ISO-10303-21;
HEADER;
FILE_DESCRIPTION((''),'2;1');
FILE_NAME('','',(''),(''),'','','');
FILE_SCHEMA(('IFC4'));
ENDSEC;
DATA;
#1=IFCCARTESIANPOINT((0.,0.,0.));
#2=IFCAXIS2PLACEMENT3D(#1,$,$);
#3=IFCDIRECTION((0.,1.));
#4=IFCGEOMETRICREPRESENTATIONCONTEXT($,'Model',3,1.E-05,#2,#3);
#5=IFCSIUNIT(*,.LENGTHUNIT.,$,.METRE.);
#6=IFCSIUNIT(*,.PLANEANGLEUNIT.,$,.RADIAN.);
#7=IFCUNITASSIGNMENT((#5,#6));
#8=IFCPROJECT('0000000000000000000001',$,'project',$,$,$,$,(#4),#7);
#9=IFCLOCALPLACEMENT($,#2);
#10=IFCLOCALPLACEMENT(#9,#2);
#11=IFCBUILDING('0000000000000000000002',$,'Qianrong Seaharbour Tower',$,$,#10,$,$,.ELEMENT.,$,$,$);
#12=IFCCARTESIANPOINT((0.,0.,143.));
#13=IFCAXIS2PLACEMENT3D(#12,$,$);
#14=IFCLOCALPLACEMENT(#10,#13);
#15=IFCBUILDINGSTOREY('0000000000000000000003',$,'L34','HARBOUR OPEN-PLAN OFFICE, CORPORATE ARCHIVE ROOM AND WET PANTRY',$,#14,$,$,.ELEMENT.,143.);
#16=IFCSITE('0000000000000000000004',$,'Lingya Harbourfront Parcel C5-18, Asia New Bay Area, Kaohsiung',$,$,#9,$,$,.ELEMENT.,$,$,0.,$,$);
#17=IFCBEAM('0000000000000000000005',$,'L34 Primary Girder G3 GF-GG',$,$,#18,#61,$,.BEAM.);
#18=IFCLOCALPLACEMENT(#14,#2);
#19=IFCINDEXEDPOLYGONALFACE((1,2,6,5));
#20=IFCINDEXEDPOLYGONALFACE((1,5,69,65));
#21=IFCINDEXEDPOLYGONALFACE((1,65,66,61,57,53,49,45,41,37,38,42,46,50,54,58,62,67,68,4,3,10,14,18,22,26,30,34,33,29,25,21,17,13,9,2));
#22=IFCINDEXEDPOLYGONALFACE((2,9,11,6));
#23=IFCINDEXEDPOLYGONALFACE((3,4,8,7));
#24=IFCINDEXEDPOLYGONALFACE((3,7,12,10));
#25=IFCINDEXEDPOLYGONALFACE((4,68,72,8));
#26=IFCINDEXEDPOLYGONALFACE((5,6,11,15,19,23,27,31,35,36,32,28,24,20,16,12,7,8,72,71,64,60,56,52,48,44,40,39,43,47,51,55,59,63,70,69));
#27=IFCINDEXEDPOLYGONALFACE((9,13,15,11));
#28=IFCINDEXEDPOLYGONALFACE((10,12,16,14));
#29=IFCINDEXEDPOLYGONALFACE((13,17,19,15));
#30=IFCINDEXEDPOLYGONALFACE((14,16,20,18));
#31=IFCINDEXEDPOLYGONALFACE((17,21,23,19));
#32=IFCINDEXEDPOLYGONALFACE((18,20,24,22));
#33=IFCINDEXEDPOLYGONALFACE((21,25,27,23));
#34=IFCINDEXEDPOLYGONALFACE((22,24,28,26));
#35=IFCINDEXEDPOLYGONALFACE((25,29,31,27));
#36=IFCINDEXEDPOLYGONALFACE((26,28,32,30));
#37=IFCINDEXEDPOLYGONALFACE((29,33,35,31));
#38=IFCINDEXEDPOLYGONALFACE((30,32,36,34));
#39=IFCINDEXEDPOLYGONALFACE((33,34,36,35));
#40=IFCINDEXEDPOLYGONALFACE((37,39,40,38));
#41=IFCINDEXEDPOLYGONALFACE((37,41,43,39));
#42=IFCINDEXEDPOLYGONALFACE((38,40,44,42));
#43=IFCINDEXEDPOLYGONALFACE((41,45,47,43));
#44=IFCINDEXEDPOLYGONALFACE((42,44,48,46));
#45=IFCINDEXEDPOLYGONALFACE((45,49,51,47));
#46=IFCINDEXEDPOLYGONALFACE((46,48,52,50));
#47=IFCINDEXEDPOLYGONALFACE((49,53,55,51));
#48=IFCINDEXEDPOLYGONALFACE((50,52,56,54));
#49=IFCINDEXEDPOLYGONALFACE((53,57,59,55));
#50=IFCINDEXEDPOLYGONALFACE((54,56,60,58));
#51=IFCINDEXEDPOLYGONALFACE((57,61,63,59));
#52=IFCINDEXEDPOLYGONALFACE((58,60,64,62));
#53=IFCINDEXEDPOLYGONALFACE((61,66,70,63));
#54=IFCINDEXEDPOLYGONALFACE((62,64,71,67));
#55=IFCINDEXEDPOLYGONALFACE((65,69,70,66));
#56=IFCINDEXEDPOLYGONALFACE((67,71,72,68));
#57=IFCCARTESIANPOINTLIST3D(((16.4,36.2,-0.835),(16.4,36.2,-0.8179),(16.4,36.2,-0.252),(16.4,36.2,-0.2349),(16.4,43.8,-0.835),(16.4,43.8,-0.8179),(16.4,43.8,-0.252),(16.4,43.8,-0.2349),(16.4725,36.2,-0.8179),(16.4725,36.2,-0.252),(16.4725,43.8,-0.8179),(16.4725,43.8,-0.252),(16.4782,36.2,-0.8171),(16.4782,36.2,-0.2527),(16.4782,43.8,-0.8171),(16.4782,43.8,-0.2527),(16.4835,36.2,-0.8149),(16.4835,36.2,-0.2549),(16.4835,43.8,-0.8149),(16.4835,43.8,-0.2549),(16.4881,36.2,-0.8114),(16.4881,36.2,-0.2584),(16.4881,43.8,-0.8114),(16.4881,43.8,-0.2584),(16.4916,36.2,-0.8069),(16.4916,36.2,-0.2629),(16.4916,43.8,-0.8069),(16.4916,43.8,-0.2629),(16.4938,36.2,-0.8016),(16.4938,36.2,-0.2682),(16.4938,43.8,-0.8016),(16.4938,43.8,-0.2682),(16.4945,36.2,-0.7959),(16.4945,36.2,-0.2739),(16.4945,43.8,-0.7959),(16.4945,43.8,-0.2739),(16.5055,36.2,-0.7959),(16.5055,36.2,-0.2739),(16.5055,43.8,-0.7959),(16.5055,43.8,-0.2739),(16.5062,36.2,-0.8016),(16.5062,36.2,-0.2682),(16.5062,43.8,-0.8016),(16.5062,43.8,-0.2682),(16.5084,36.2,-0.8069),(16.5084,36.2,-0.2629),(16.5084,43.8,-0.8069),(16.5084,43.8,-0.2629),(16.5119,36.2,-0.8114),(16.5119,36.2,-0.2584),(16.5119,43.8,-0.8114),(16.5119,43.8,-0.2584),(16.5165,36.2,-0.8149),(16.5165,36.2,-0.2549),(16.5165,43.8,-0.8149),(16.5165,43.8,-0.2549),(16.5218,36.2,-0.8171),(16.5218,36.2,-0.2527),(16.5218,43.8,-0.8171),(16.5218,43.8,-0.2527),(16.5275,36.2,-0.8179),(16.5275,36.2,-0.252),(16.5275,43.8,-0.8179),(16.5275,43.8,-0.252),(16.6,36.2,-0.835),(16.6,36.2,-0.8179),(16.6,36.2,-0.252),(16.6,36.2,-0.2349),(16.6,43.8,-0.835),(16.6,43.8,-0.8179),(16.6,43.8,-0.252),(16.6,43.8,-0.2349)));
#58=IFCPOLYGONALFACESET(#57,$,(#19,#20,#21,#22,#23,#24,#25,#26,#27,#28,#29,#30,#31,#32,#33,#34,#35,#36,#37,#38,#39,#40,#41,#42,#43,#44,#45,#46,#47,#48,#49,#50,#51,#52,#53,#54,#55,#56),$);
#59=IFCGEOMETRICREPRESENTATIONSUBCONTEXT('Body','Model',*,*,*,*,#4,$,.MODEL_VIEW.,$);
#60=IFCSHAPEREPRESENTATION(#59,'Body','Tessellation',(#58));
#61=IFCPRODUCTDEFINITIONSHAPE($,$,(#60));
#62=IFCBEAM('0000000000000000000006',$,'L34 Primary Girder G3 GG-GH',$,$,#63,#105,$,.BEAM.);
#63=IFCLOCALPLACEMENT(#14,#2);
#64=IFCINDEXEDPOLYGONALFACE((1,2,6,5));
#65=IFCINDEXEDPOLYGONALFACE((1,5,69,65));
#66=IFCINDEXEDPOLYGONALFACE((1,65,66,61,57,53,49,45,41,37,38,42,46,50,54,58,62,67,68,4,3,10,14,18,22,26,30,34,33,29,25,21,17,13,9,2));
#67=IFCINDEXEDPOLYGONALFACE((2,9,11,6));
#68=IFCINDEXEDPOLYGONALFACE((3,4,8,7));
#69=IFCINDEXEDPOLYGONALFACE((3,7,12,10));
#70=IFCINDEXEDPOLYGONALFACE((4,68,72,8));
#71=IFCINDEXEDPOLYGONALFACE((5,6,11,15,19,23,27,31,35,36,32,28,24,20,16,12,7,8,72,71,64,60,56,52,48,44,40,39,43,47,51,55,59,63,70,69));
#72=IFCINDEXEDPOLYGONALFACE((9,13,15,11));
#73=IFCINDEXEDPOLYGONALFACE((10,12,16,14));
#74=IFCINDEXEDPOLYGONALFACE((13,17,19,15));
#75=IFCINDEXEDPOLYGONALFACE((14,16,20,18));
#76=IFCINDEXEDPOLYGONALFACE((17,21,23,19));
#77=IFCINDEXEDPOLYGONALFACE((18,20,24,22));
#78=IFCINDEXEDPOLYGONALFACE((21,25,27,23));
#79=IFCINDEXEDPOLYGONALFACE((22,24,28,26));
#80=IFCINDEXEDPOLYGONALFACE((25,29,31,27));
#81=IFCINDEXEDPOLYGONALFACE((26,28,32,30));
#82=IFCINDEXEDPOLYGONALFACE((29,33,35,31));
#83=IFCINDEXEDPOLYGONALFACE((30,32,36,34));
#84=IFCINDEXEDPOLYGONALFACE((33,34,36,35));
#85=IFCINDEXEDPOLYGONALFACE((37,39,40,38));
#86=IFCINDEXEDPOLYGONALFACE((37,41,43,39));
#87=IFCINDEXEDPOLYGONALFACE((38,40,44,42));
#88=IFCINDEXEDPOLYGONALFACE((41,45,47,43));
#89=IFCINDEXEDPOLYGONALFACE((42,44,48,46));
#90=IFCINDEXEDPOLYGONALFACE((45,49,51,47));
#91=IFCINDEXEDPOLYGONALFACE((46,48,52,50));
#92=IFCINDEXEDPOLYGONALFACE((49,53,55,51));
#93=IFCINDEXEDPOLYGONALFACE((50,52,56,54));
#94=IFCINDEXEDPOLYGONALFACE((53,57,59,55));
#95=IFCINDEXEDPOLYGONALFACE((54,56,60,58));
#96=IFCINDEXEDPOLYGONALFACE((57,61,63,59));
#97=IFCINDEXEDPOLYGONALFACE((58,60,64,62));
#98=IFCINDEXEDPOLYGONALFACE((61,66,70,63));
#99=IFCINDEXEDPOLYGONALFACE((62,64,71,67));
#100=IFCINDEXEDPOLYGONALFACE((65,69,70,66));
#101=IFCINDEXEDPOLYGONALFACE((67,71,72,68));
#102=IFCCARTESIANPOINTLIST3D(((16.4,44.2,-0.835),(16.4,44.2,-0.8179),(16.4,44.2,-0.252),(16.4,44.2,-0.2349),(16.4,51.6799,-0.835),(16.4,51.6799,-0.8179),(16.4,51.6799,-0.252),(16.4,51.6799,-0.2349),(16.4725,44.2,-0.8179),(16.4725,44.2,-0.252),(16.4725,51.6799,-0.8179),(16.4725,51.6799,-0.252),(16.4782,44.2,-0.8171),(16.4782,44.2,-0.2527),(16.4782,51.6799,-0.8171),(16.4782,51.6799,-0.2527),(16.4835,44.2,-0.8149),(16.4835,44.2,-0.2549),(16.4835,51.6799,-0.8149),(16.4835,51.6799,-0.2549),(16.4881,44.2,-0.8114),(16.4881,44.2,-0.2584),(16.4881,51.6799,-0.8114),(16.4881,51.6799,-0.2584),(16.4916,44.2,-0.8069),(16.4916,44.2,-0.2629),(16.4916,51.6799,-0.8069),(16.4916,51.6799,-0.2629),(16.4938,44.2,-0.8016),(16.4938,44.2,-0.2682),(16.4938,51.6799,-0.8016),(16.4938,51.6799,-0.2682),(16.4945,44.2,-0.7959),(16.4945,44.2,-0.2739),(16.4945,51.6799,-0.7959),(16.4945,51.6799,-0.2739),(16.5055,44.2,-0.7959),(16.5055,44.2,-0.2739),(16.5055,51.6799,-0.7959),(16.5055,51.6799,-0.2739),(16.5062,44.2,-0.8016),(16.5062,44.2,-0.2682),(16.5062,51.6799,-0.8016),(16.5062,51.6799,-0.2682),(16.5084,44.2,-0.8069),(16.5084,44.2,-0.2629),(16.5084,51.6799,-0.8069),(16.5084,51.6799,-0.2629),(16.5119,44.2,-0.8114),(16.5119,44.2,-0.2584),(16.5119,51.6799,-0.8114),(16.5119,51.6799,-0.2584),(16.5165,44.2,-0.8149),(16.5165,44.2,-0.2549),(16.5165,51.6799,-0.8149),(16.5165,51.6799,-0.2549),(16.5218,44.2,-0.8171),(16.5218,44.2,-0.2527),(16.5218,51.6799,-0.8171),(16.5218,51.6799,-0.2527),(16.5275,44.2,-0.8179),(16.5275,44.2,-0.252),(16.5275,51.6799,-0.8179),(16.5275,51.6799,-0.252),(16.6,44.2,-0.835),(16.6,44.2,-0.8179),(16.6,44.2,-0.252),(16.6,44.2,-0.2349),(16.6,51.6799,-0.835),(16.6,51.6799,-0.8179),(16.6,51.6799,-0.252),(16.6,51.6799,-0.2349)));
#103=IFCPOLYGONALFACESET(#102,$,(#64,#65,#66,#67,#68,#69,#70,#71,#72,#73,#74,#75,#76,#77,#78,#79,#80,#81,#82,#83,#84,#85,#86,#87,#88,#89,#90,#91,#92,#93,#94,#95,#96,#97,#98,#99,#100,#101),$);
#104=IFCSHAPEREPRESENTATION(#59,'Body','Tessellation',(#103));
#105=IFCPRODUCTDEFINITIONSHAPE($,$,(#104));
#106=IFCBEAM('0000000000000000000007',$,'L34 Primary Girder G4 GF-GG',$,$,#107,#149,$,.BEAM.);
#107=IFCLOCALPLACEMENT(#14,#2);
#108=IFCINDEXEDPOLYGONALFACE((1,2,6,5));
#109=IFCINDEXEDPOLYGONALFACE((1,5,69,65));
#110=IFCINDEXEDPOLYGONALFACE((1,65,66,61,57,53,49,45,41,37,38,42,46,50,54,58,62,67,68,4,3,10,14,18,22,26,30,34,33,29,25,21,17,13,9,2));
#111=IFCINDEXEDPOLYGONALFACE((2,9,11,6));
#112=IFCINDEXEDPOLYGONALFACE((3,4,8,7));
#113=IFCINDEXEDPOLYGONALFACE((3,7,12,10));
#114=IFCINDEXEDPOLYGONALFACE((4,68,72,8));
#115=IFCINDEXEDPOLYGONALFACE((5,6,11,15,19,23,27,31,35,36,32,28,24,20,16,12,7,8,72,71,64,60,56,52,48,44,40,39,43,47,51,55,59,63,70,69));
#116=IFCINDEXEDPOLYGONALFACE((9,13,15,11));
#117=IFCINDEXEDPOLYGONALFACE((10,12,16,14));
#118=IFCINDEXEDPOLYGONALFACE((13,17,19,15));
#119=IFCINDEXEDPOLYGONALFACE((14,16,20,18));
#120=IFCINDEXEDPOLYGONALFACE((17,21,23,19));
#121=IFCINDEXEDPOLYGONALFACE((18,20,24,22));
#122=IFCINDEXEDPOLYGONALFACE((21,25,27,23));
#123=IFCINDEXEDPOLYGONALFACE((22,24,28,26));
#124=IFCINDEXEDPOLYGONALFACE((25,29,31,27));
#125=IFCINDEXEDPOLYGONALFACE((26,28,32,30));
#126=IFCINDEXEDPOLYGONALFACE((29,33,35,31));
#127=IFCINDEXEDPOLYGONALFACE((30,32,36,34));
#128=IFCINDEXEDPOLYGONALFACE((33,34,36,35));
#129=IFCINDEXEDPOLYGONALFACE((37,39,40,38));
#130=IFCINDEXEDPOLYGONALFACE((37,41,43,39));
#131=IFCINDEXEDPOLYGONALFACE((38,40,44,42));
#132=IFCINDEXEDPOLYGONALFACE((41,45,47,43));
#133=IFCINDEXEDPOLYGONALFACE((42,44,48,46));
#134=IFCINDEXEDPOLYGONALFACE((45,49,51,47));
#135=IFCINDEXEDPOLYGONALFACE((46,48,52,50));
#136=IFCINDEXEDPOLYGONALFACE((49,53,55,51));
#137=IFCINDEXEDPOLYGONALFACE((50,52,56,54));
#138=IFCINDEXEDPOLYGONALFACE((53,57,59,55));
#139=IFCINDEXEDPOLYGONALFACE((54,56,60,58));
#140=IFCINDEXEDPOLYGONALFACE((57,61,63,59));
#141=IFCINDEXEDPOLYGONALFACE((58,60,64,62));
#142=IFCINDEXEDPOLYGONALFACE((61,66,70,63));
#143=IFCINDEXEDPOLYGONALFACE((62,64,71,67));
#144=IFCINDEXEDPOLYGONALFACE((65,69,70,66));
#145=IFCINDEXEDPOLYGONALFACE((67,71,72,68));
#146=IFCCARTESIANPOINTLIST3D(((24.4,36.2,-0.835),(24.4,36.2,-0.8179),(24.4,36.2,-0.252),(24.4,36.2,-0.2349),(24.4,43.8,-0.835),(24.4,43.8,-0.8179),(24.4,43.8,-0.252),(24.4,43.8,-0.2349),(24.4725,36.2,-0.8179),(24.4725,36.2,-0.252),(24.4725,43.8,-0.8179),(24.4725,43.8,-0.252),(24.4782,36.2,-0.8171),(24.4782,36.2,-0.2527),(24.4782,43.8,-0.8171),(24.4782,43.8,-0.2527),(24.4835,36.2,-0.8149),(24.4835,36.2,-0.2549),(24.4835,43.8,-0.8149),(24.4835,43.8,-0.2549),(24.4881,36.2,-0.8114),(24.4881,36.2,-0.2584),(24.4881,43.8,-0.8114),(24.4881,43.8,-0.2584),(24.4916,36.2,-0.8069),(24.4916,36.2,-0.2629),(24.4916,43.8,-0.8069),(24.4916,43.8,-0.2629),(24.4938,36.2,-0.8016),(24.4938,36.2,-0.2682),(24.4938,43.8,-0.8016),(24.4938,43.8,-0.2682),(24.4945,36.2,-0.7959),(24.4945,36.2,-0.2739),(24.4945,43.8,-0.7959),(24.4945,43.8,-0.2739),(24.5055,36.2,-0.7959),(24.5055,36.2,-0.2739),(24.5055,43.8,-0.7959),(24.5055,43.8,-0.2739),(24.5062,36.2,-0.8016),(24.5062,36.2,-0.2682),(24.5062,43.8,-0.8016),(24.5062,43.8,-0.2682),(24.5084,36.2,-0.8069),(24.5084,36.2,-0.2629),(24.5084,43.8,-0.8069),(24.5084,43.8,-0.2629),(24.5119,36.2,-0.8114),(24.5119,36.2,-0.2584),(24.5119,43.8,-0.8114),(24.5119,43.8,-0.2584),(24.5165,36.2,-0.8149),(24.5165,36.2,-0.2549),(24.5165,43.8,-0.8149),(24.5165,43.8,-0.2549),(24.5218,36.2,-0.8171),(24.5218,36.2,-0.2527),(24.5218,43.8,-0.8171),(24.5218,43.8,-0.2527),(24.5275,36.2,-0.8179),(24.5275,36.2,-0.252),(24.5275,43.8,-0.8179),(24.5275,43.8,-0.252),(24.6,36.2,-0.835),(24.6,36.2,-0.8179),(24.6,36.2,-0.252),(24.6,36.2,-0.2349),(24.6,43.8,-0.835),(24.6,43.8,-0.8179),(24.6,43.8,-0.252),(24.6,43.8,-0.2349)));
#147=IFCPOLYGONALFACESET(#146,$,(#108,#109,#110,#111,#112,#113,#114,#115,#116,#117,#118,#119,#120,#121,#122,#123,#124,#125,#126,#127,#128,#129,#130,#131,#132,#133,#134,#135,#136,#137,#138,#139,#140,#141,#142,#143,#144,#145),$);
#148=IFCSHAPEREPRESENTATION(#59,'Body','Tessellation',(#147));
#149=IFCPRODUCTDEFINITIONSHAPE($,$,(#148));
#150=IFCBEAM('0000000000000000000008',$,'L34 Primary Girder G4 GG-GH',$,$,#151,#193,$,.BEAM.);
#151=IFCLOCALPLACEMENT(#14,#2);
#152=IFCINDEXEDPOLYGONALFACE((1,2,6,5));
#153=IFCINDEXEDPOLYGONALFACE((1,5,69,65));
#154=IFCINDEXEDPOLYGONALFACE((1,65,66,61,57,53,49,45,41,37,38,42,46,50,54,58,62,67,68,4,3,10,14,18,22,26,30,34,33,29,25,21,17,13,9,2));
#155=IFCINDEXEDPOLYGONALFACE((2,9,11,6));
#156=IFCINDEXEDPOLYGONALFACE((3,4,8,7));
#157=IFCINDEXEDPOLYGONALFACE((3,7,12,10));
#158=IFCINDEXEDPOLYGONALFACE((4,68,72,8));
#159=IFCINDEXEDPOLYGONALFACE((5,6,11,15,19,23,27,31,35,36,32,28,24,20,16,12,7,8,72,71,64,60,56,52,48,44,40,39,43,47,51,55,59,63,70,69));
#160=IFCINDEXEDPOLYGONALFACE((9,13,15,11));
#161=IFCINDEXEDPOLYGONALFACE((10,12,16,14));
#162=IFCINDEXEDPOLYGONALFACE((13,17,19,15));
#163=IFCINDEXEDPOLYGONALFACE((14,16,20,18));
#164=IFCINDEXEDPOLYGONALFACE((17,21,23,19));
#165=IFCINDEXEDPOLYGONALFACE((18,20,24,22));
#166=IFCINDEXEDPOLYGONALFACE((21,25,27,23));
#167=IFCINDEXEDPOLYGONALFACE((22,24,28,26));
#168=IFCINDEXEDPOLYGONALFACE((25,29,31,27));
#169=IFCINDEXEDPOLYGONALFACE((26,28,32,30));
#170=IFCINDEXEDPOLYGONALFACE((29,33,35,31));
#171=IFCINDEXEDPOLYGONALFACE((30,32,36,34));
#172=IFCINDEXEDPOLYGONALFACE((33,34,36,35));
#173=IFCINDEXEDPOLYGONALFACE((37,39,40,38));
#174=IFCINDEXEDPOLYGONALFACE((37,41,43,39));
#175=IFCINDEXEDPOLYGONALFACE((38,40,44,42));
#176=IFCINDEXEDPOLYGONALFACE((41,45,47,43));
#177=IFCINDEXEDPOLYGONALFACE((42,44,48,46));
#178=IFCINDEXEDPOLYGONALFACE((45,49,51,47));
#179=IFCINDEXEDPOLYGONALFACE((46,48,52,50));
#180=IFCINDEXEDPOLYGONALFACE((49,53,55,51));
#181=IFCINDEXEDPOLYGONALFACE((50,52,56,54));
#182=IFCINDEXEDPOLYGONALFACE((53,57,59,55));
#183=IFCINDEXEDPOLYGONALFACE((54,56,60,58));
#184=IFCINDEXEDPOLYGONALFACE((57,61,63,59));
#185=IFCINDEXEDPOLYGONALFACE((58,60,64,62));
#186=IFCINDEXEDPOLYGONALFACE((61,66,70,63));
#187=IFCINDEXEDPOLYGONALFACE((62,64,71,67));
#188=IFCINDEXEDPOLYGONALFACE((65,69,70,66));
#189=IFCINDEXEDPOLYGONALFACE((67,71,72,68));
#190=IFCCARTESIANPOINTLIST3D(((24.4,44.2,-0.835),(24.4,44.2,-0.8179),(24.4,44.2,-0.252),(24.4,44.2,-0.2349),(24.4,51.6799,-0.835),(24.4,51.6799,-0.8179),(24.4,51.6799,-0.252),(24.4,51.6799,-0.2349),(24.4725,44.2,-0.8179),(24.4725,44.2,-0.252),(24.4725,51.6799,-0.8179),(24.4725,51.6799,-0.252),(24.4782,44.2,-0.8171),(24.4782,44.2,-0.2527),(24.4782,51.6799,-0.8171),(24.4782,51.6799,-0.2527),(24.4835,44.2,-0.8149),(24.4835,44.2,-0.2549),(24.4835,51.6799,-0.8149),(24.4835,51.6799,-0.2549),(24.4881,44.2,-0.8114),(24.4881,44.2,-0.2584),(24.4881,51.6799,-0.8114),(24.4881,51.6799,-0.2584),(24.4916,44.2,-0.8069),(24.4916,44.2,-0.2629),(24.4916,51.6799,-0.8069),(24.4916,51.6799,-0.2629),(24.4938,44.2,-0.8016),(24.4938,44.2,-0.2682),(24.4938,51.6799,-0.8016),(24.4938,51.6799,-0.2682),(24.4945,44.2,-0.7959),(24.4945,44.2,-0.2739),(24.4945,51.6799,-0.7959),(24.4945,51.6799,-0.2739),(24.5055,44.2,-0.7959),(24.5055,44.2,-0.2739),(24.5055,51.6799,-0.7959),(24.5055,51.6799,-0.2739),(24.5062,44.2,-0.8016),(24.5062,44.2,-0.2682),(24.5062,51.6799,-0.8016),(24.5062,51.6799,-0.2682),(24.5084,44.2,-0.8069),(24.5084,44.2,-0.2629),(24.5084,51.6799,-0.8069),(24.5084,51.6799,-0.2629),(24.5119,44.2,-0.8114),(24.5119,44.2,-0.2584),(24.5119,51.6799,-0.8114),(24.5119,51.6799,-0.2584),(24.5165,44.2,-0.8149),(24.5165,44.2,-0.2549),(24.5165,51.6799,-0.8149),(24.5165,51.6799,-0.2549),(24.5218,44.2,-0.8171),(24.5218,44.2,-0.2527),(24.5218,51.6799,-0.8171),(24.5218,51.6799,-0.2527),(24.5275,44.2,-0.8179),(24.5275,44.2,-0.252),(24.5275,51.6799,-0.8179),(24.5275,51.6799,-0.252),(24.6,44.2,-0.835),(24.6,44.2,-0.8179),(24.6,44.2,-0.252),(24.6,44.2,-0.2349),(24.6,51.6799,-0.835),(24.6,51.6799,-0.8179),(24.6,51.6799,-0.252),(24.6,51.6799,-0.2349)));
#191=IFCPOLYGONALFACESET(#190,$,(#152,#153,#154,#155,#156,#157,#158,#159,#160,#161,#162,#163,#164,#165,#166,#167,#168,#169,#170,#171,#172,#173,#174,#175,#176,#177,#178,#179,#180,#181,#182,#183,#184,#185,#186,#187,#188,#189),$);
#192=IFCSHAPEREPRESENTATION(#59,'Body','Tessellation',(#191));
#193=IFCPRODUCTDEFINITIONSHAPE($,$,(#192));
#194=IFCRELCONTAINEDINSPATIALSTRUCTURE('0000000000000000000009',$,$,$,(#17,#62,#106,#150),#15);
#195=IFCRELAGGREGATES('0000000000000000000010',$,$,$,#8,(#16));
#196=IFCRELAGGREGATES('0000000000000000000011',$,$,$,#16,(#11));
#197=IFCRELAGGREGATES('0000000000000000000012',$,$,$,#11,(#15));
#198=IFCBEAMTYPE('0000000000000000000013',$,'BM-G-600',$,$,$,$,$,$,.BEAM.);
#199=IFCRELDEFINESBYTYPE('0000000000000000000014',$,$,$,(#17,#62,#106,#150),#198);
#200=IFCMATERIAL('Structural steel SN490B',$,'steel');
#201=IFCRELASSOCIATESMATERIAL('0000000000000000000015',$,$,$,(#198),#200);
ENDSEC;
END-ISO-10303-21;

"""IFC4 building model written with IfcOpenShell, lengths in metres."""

from ifc_helpers import new_model, si_unit, direction, frame, origin, origin_2d, place, context, subcontext, project, spatial, i_section, extrude, material, material_profile, profile_set, type_object, element, save


model = new_model("IFC4")

# Units and contexts
model_context = context("Model", 3, precision=1e-05, world=origin(), true_north=direction((0.0, 1.0)))
body_context = subcontext(model_context, "Body", "Model", "MODEL_VIEW")
ifc_project = project(units=[si_unit("LENGTHUNIT", "METRE"), si_unit("PLANEANGLEUNIT", "RADIAN")], contexts=[model_context])

# Site, building, storey
site_placement = place(None, origin())
site = spatial("IfcSite", under=ifc_project, at=site_placement, Name="Lingya Harbourfront Parcel C5-18, Asia New Bay Area, Kaohsiung", CompositionType="ELEMENT", RefElevation=0.0)
building_placement = place(site_placement, origin())
building = spatial("IfcBuilding", under=site, at=building_placement, Name="Qianrong Seaharbour Tower", CompositionType="ELEMENT")
storey_placement = place(building_placement, frame((0.0, 0.0, 143.0)))
storey = spatial("IfcBuildingStorey", under=building, at=storey_placement, Name="L34", Description="HARBOUR OPEN-PLAN OFFICE, CORPORATE ARCHIVE ROOM AND WET PANTRY", CompositionType="ELEMENT", Elevation=143.0)

# Shared definitions
ifc_material_1 = material(Name="Structural steel SN490B", Category="steel")

# Beams
ifc_material_profile_1 = material_profile(ifc_material_1, i_section(OverallWidth=0.2, OverallDepth=0.6001, WebThickness=0.011, FlangeThickness=0.0171, FilletRadius=0.022, at=origin_2d()), Name="H600x200x11x17")
ifc_profile_set_1 = profile_set([ifc_material_profile_1], Name="Structural steel SN490B")
beam_type_1 = type_object("IfcBeamType", Name="BM-G-600", PredefinedType="BEAM", material=ifc_profile_set_1)
for number, where, z_axis, x_axis, name in (
    (1, (16.5, 36.2, -0.5349), (0.0, 1.0, 0.0), (-1.0, 0.0, 0.0), "L34 Primary Girder G3 GF-GG"),
):
    element("IfcBeam", number, at=place(storey_placement, frame(where, z_axis=z_axis, x_axis=x_axis)), inside=storey, type_object=beam_type_1, Name=name, PredefinedType="BEAM", context=body_context, shape_type="SweptSolid", body=[
        extrude(i_section(OverallWidth=0.2, OverallDepth=0.6001, WebThickness=0.011, FlangeThickness=0.0171, FilletRadius=0.022, at=origin_2d()), origin(), (0.0, 0.0, 1.0), 7.6001),
    ])
beam_1_placement = place(storey_placement, frame((16.5, 44.2, -0.5349), z_axis=(0.0, 1.0, 0.0), x_axis=(-1.0, 0.0, 0.0)))
element("IfcBeam", 2, at=beam_1_placement, inside=storey, type_object=beam_type_1, Name="L34 Primary Girder G3 GG-GH", PredefinedType="BEAM", context=body_context, shape_type="SweptSolid", body=[
    extrude(i_section(OverallWidth=0.2, OverallDepth=0.6001, WebThickness=0.011, FlangeThickness=0.0171, FilletRadius=0.022, at=origin_2d()), origin(), (0.0, 0.0, 1.0), 7.48),
])
beam_2_placement = place(storey_placement, frame((24.5, 36.2, -0.5349), z_axis=(0.0, 1.0, 0.0), x_axis=(-1.0, 0.0, 0.0)))
element("IfcBeam", 3, at=beam_2_placement, inside=storey, type_object=beam_type_1, Name="L34 Primary Girder G4 GF-GG", PredefinedType="BEAM", context=body_context, shape_type="SweptSolid", body=[
    extrude(i_section(OverallWidth=0.2, OverallDepth=0.6001, WebThickness=0.011, FlangeThickness=0.0171, FilletRadius=0.022, at=origin_2d()), origin(), (0.0, 0.0, 1.0), 7.6001),
])
beam_3_placement = place(storey_placement, frame((24.5, 44.2, -0.5349), z_axis=(0.0, 1.0, 0.0), x_axis=(-1.0, 0.0, 0.0)))
element("IfcBeam", 4, at=beam_3_placement, inside=storey, type_object=beam_type_1, Name="L34 Primary Girder G4 GG-GH", PredefinedType="BEAM", context=body_context, shape_type="SweptSolid", body=[
    extrude(i_section(OverallWidth=0.2, OverallDepth=0.6001, WebThickness=0.011, FlangeThickness=0.0171, FilletRadius=0.022, at=origin_2d()), origin(), (0.0, 0.0, 1.0), 7.48),
])

save(model, "model.ifc")
